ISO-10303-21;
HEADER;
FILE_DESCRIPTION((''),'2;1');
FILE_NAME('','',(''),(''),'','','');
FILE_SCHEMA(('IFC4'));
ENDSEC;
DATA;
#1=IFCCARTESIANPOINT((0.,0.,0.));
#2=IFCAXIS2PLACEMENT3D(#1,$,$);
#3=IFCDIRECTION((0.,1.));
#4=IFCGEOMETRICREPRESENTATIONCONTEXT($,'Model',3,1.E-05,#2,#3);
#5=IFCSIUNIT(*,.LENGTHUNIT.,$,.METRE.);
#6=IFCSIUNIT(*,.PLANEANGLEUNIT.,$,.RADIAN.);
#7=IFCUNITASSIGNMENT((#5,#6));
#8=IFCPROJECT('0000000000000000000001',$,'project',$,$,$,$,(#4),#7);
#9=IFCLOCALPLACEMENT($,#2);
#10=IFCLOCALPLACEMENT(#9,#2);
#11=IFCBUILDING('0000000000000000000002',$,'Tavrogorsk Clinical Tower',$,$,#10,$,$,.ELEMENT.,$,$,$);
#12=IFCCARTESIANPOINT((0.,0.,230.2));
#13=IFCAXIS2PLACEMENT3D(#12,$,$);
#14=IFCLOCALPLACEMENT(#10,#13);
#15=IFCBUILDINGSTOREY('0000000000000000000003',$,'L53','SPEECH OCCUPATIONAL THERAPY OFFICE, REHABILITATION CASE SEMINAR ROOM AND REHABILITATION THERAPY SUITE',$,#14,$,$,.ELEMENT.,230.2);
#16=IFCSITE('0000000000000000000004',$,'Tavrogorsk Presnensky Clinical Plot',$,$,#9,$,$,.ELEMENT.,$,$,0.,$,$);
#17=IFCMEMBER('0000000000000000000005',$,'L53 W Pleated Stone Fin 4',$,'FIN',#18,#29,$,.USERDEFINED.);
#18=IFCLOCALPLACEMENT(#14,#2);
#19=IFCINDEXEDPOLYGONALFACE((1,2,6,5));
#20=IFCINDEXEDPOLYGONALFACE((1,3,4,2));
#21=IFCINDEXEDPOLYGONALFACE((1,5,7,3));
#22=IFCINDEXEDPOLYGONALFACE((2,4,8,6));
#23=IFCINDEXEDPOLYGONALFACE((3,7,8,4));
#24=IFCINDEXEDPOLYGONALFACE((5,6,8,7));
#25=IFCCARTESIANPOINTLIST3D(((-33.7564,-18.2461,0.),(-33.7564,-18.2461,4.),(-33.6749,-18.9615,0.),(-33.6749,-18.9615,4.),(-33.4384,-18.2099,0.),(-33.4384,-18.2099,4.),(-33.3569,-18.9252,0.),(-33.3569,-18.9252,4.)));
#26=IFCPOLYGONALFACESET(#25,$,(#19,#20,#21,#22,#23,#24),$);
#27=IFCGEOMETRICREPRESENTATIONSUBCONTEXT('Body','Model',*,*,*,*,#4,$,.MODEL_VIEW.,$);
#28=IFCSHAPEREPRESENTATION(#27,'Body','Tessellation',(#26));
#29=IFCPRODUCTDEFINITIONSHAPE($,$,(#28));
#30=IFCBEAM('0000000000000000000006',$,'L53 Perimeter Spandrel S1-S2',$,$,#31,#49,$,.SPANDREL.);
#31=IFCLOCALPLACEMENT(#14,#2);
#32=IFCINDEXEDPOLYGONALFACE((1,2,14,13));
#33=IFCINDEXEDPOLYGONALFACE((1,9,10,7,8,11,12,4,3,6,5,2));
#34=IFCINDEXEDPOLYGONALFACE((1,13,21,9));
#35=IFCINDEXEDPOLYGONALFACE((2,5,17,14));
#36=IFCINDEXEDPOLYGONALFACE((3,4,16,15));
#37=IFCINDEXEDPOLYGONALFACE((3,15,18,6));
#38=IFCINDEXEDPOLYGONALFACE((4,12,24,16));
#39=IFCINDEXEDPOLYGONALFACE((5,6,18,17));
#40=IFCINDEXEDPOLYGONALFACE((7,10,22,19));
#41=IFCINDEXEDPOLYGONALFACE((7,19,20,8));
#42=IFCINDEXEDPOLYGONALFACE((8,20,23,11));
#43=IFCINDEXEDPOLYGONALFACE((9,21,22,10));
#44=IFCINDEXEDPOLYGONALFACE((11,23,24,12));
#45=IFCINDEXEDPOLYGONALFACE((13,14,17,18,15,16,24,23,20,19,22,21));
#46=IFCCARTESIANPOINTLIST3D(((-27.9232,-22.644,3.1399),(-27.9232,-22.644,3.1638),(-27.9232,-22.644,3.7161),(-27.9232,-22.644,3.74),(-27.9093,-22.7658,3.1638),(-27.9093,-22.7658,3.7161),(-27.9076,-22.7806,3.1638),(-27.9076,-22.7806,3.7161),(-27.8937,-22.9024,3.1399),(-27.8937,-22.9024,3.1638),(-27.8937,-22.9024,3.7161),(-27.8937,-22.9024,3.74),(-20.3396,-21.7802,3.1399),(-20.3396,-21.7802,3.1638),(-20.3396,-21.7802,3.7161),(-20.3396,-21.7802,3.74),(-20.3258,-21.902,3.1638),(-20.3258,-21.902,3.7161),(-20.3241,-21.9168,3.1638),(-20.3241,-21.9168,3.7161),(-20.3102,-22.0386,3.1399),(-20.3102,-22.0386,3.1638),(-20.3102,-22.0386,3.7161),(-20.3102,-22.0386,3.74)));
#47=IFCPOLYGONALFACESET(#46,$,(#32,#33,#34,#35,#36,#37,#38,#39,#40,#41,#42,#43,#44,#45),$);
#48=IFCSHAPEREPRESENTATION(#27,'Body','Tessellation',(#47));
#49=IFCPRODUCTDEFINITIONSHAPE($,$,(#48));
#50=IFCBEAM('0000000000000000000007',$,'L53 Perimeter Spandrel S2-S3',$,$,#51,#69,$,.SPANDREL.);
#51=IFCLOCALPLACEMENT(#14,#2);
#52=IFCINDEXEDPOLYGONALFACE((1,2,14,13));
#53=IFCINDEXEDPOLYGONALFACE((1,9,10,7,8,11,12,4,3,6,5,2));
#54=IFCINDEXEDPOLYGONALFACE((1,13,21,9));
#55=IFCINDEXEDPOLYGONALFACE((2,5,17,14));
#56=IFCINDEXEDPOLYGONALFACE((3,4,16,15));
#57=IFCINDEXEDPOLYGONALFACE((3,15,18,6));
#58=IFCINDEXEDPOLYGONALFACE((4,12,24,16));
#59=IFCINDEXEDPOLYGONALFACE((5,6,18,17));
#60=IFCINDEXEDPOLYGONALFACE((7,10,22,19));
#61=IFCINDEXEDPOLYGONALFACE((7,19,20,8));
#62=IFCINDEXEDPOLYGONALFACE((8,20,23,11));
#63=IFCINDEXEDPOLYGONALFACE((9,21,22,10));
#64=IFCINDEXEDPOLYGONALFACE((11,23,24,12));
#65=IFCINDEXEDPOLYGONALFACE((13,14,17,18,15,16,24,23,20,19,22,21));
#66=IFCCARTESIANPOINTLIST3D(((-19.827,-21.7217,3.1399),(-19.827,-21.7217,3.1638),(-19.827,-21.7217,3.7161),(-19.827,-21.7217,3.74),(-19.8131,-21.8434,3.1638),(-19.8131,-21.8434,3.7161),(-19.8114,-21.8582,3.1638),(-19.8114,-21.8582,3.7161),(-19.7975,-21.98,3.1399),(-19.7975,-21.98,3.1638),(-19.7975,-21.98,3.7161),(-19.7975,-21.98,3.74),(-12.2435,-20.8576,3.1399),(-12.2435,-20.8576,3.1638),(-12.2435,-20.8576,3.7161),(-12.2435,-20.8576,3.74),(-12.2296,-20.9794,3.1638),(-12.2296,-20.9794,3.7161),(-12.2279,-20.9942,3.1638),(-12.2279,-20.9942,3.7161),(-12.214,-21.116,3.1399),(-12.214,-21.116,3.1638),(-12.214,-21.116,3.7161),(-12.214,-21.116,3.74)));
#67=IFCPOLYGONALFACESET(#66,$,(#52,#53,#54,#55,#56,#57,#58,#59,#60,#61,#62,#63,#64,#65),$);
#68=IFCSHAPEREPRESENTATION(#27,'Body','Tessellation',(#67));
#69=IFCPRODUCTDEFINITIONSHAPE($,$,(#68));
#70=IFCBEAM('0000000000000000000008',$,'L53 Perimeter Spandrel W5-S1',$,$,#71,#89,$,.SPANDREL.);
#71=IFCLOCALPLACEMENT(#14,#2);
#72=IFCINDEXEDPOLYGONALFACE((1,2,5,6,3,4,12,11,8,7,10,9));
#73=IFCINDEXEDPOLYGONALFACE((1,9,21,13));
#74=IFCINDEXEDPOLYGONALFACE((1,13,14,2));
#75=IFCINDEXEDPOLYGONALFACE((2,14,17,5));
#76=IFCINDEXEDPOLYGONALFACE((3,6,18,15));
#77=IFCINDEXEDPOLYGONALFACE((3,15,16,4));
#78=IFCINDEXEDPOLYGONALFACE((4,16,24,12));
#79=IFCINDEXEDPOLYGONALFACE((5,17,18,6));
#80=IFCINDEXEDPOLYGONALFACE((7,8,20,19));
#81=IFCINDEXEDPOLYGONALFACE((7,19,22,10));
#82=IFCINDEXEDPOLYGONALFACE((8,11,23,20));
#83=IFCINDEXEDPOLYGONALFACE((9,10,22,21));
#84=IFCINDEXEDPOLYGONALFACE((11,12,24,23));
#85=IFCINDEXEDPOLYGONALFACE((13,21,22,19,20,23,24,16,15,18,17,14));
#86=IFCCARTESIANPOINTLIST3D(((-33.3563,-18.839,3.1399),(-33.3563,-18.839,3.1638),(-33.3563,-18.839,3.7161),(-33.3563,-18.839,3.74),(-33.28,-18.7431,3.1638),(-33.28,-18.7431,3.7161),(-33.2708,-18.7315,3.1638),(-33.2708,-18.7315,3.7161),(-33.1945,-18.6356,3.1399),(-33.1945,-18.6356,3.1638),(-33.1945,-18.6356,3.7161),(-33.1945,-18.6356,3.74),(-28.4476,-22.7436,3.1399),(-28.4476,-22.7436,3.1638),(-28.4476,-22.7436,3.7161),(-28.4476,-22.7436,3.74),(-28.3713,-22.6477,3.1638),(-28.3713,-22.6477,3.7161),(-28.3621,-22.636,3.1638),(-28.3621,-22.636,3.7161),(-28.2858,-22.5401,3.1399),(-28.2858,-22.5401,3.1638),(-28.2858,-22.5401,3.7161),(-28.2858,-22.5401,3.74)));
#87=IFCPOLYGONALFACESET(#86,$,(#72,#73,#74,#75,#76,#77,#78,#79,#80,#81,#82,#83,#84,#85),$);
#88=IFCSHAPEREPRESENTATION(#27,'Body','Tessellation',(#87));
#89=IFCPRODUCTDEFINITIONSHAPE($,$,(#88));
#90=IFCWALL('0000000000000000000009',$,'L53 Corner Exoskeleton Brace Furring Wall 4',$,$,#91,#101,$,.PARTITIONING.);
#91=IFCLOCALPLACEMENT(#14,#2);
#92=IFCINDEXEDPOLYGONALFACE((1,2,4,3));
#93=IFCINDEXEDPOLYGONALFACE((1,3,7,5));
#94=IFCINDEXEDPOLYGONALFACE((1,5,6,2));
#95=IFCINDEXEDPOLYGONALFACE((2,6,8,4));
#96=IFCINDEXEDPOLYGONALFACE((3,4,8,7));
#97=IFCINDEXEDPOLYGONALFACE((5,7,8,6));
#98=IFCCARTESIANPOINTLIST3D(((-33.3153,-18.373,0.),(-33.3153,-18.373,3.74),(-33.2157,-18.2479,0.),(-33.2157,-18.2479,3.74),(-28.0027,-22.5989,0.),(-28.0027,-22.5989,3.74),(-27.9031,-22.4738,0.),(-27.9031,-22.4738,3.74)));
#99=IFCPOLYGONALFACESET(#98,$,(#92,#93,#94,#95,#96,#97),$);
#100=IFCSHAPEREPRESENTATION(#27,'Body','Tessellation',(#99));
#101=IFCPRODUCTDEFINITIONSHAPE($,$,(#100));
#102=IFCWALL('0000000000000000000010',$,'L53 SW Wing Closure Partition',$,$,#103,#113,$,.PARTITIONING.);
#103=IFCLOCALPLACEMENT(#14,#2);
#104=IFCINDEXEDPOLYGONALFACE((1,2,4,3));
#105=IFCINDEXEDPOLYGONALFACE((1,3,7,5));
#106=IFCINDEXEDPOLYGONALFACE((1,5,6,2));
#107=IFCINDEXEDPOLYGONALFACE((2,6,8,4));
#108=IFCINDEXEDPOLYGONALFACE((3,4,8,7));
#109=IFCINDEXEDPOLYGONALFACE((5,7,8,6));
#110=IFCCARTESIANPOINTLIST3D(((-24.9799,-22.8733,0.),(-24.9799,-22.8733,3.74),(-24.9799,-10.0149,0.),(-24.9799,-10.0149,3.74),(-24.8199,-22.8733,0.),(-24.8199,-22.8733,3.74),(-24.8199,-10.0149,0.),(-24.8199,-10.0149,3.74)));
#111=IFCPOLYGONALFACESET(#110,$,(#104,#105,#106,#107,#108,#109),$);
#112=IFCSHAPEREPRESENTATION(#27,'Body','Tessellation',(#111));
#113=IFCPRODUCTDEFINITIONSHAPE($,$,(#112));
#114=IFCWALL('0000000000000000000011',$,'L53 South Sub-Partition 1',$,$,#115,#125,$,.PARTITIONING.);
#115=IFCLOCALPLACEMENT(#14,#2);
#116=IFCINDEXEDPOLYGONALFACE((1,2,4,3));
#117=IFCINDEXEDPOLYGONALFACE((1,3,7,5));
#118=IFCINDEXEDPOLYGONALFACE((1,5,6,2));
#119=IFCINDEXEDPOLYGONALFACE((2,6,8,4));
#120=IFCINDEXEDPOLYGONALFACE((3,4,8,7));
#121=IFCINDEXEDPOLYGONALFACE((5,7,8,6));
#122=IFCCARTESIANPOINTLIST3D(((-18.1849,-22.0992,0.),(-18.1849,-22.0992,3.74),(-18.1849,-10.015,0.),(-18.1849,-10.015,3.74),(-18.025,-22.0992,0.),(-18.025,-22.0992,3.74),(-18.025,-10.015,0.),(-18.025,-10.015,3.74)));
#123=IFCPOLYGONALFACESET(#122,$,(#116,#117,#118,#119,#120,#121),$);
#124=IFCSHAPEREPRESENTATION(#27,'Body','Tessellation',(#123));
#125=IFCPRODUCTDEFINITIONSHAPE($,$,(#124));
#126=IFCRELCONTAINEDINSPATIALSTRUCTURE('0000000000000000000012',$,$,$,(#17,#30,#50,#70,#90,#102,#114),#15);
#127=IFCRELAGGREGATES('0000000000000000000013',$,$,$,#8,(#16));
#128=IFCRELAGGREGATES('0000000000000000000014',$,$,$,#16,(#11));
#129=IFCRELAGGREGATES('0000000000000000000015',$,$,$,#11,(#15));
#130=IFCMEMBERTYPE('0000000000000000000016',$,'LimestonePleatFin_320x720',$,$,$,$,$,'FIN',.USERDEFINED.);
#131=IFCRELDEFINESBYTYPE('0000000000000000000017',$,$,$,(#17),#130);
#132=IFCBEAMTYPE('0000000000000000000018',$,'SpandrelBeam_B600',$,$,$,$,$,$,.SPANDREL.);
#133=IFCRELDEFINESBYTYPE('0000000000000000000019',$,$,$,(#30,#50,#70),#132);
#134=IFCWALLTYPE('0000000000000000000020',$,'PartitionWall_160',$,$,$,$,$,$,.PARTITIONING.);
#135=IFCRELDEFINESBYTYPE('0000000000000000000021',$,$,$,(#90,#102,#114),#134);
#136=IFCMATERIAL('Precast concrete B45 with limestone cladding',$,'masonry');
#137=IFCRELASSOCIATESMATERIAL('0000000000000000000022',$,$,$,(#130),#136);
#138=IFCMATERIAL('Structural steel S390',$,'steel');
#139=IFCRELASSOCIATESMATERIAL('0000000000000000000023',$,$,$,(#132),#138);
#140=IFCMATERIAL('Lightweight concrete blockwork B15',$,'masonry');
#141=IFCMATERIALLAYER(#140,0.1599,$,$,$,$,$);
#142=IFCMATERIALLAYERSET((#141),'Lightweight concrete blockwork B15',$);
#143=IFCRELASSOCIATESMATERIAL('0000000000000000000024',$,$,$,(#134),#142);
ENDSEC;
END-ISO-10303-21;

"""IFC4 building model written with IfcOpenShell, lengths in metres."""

from ifc_helpers import new_model, si_unit, direction, frame, frame_2d, origin, origin_2d, place, context, subcontext, project, spatial, rectangle, i_section, extrude, material, layer, layer_set, material_profile, profile_set, type_object, element, save


model = new_model("IFC4")

# Units and contexts
model_context = context("Model", 3, precision=1e-05, world=origin(), true_north=direction((0.0, 1.0)))
body_context = subcontext(model_context, "Body", "Model", "MODEL_VIEW")
ifc_project = project(units=[si_unit("LENGTHUNIT", "METRE"), si_unit("PLANEANGLEUNIT", "RADIAN")], contexts=[model_context])

# Site, building, storey
site_placement = place(None, origin())
site = spatial("IfcSite", under=ifc_project, at=site_placement, Name="Tavrogorsk Presnensky Clinical Plot", CompositionType="ELEMENT", RefElevation=0.0)
building_placement = place(site_placement, origin())
building = spatial("IfcBuilding", under=site, at=building_placement, Name="Tavrogorsk Clinical Tower", CompositionType="ELEMENT")
storey_placement = place(building_placement, frame((0.0, 0.0, 230.2)))
storey = spatial("IfcBuildingStorey", under=building, at=storey_placement, Name="L53", Description="SPEECH OCCUPATIONAL THERAPY OFFICE, REHABILITATION CASE SEMINAR ROOM AND REHABILITATION THERAPY SUITE", CompositionType="ELEMENT", Elevation=230.2)

# Member
ifc_material_1 = material(Name="Precast concrete B45 with limestone cladding", Category="masonry")
ifc_material_profile_1 = material_profile(ifc_material_1, rectangle(XDim=0.3201, YDim=0.72, at=origin_2d()), Name="LIMESTONE-FIN-320x720")
ifc_profile_set_1 = profile_set([ifc_material_profile_1], Name="Precast concrete B45 with limestone cladding")
member_type_1 = type_object("IfcMemberType", Name="LimestonePleatFin_320x720", ElementType="FIN", PredefinedType="USERDEFINED", material=ifc_profile_set_1)
member_1_placement = place(storey_placement, frame((-33.5566, -18.5857, 0.0), z_axis=(0.0, 0.0, 1.0), x_axis=(0.993572, 0.113203, 0.0)))
element("IfcMember", 1, at=member_1_placement, inside=storey, type_object=member_type_1, Name="L53 W Pleated Stone Fin 4", ObjectType="FIN", PredefinedType="USERDEFINED", context=body_context, shape_type="SweptSolid", body=[
    extrude(rectangle(XDim=0.3201, YDim=0.72, at=origin_2d()), origin(), (0.0, 0.0, 1.0), 4.0),
])

# Beams
ifc_material_2 = material(Name="Structural steel S390", Category="steel")
ifc_material_profile_2 = material_profile(ifc_material_2, i_section(OverallWidth=0.26, OverallDepth=0.6001, WebThickness=0.0149, FlangeThickness=0.0239, at=origin_2d()), Name="B-600x260x15x24")
ifc_profile_set_2 = profile_set([ifc_material_profile_2], Name="Structural steel S390")
beam_type_1 = type_object("IfcBeamType", Name="SpandrelBeam_B600", PredefinedType="SPANDREL", material=ifc_profile_set_2)
for number, where, z_axis, x_axis, name in (
    (2, (-27.9084, -22.7732, 3.4399), (0.993576, 0.113169, 0.0), (-0.113169, 0.993576, 0.0), "L53 Perimeter Spandrel S1-S2"),
    (3, (-19.8123, -21.8508, 3.4399), (0.993572, 0.113201, 0.0), (-0.113201, 0.993572, 0.0), "L53 Perimeter Spandrel S2-S3"),
):
    element("IfcBeam", number, at=place(storey_placement, frame(where, z_axis=z_axis, x_axis=x_axis)), inside=storey, type_object=beam_type_1, Name=name, PredefinedType="SPANDREL", context=body_context, shape_type="SweptSolid", body=[
        extrude(i_section(OverallWidth=0.26, OverallDepth=0.6001, WebThickness=0.0149, FlangeThickness=0.0239, at=origin_2d()), origin(), (0.0, 0.0, 1.0), 7.6326),
    ])
beam_1_placement = place(storey_placement, frame((-33.2754, -18.7373, 3.4399), z_axis=(0.782609, -0.622514, 0.0), x_axis=(0.622514, 0.782609, 0.0)))
element("IfcBeam", 4, at=beam_1_placement, inside=storey, type_object=beam_type_1, Name="L53 Perimeter Spandrel W5-S1", PredefinedType="SPANDREL", context=body_context, shape_type="SweptSolid", body=[
    extrude(i_section(OverallWidth=0.26, OverallDepth=0.6001, WebThickness=0.0149, FlangeThickness=0.0239, at=origin_2d()), origin(), (0.0, 0.0, 1.0), 6.2722),
])

# Walls
ifc_material_3 = material(Name="Lightweight concrete blockwork B15", Category="masonry")
ifc_layer_1 = layer(ifc_material_3, 0.1599)
ifc_layer_set_1 = layer_set([ifc_layer_1], Name="Lightweight concrete blockwork B15")
wall_type_1 = type_object("IfcWallType", Name="PartitionWall_160", PredefinedType="PARTITIONING", material=ifc_layer_set_1)
wall_1_placement = place(storey_placement, frame((-33.2654, -18.3105, 0.0), z_axis=(0.0, 0.0, 1.0), x_axis=(0.782603, -0.622522, 0.0)))
element("IfcWall", 5, at=wall_1_placement, inside=storey, type_object=wall_type_1, Name="L53 Corner Exoskeleton Brace Furring Wall 4", PredefinedType="PARTITIONING", context=body_context, shape_type="SweptSolid", body=[
    extrude(rectangle(XDim=6.7883, YDim=0.1599, at=frame_2d((3.394, 0.0))), origin(), (0.0, 0.0, 1.0), 3.74),
])
wall_2_placement = place(storey_placement, frame((-24.8999, -22.8733, 0.0), z_axis=(0.0, 0.0, 1.0), x_axis=(0.0, 1.0, 0.0)))
element("IfcWall", 6, at=wall_2_placement, inside=storey, type_object=wall_type_1, Name="L53 SW Wing Closure Partition", PredefinedType="PARTITIONING", context=body_context, shape_type="SweptSolid", body=[
    extrude(rectangle(XDim=12.8584, YDim=0.1599, at=frame_2d((6.4292, 0.0))), origin(), (0.0, 0.0, 1.0), 3.74),
])
wall_3_placement = place(storey_placement, frame((-18.105, -22.0991, 0.0), z_axis=(0.0, 0.0, 1.0), x_axis=(0.0, 1.0, 0.0)))
element("IfcWall", 7, at=wall_3_placement, inside=storey, type_object=wall_type_1, Name="L53 South Sub-Partition 1", PredefinedType="PARTITIONING", context=body_context, shape_type="SweptSolid", body=[
    extrude(rectangle(XDim=12.0842, YDim=0.1599, at=frame_2d((6.042, 0.0))), origin(), (0.0, 0.0, 1.0), 3.74),
])

save(model, "model.ifc")
